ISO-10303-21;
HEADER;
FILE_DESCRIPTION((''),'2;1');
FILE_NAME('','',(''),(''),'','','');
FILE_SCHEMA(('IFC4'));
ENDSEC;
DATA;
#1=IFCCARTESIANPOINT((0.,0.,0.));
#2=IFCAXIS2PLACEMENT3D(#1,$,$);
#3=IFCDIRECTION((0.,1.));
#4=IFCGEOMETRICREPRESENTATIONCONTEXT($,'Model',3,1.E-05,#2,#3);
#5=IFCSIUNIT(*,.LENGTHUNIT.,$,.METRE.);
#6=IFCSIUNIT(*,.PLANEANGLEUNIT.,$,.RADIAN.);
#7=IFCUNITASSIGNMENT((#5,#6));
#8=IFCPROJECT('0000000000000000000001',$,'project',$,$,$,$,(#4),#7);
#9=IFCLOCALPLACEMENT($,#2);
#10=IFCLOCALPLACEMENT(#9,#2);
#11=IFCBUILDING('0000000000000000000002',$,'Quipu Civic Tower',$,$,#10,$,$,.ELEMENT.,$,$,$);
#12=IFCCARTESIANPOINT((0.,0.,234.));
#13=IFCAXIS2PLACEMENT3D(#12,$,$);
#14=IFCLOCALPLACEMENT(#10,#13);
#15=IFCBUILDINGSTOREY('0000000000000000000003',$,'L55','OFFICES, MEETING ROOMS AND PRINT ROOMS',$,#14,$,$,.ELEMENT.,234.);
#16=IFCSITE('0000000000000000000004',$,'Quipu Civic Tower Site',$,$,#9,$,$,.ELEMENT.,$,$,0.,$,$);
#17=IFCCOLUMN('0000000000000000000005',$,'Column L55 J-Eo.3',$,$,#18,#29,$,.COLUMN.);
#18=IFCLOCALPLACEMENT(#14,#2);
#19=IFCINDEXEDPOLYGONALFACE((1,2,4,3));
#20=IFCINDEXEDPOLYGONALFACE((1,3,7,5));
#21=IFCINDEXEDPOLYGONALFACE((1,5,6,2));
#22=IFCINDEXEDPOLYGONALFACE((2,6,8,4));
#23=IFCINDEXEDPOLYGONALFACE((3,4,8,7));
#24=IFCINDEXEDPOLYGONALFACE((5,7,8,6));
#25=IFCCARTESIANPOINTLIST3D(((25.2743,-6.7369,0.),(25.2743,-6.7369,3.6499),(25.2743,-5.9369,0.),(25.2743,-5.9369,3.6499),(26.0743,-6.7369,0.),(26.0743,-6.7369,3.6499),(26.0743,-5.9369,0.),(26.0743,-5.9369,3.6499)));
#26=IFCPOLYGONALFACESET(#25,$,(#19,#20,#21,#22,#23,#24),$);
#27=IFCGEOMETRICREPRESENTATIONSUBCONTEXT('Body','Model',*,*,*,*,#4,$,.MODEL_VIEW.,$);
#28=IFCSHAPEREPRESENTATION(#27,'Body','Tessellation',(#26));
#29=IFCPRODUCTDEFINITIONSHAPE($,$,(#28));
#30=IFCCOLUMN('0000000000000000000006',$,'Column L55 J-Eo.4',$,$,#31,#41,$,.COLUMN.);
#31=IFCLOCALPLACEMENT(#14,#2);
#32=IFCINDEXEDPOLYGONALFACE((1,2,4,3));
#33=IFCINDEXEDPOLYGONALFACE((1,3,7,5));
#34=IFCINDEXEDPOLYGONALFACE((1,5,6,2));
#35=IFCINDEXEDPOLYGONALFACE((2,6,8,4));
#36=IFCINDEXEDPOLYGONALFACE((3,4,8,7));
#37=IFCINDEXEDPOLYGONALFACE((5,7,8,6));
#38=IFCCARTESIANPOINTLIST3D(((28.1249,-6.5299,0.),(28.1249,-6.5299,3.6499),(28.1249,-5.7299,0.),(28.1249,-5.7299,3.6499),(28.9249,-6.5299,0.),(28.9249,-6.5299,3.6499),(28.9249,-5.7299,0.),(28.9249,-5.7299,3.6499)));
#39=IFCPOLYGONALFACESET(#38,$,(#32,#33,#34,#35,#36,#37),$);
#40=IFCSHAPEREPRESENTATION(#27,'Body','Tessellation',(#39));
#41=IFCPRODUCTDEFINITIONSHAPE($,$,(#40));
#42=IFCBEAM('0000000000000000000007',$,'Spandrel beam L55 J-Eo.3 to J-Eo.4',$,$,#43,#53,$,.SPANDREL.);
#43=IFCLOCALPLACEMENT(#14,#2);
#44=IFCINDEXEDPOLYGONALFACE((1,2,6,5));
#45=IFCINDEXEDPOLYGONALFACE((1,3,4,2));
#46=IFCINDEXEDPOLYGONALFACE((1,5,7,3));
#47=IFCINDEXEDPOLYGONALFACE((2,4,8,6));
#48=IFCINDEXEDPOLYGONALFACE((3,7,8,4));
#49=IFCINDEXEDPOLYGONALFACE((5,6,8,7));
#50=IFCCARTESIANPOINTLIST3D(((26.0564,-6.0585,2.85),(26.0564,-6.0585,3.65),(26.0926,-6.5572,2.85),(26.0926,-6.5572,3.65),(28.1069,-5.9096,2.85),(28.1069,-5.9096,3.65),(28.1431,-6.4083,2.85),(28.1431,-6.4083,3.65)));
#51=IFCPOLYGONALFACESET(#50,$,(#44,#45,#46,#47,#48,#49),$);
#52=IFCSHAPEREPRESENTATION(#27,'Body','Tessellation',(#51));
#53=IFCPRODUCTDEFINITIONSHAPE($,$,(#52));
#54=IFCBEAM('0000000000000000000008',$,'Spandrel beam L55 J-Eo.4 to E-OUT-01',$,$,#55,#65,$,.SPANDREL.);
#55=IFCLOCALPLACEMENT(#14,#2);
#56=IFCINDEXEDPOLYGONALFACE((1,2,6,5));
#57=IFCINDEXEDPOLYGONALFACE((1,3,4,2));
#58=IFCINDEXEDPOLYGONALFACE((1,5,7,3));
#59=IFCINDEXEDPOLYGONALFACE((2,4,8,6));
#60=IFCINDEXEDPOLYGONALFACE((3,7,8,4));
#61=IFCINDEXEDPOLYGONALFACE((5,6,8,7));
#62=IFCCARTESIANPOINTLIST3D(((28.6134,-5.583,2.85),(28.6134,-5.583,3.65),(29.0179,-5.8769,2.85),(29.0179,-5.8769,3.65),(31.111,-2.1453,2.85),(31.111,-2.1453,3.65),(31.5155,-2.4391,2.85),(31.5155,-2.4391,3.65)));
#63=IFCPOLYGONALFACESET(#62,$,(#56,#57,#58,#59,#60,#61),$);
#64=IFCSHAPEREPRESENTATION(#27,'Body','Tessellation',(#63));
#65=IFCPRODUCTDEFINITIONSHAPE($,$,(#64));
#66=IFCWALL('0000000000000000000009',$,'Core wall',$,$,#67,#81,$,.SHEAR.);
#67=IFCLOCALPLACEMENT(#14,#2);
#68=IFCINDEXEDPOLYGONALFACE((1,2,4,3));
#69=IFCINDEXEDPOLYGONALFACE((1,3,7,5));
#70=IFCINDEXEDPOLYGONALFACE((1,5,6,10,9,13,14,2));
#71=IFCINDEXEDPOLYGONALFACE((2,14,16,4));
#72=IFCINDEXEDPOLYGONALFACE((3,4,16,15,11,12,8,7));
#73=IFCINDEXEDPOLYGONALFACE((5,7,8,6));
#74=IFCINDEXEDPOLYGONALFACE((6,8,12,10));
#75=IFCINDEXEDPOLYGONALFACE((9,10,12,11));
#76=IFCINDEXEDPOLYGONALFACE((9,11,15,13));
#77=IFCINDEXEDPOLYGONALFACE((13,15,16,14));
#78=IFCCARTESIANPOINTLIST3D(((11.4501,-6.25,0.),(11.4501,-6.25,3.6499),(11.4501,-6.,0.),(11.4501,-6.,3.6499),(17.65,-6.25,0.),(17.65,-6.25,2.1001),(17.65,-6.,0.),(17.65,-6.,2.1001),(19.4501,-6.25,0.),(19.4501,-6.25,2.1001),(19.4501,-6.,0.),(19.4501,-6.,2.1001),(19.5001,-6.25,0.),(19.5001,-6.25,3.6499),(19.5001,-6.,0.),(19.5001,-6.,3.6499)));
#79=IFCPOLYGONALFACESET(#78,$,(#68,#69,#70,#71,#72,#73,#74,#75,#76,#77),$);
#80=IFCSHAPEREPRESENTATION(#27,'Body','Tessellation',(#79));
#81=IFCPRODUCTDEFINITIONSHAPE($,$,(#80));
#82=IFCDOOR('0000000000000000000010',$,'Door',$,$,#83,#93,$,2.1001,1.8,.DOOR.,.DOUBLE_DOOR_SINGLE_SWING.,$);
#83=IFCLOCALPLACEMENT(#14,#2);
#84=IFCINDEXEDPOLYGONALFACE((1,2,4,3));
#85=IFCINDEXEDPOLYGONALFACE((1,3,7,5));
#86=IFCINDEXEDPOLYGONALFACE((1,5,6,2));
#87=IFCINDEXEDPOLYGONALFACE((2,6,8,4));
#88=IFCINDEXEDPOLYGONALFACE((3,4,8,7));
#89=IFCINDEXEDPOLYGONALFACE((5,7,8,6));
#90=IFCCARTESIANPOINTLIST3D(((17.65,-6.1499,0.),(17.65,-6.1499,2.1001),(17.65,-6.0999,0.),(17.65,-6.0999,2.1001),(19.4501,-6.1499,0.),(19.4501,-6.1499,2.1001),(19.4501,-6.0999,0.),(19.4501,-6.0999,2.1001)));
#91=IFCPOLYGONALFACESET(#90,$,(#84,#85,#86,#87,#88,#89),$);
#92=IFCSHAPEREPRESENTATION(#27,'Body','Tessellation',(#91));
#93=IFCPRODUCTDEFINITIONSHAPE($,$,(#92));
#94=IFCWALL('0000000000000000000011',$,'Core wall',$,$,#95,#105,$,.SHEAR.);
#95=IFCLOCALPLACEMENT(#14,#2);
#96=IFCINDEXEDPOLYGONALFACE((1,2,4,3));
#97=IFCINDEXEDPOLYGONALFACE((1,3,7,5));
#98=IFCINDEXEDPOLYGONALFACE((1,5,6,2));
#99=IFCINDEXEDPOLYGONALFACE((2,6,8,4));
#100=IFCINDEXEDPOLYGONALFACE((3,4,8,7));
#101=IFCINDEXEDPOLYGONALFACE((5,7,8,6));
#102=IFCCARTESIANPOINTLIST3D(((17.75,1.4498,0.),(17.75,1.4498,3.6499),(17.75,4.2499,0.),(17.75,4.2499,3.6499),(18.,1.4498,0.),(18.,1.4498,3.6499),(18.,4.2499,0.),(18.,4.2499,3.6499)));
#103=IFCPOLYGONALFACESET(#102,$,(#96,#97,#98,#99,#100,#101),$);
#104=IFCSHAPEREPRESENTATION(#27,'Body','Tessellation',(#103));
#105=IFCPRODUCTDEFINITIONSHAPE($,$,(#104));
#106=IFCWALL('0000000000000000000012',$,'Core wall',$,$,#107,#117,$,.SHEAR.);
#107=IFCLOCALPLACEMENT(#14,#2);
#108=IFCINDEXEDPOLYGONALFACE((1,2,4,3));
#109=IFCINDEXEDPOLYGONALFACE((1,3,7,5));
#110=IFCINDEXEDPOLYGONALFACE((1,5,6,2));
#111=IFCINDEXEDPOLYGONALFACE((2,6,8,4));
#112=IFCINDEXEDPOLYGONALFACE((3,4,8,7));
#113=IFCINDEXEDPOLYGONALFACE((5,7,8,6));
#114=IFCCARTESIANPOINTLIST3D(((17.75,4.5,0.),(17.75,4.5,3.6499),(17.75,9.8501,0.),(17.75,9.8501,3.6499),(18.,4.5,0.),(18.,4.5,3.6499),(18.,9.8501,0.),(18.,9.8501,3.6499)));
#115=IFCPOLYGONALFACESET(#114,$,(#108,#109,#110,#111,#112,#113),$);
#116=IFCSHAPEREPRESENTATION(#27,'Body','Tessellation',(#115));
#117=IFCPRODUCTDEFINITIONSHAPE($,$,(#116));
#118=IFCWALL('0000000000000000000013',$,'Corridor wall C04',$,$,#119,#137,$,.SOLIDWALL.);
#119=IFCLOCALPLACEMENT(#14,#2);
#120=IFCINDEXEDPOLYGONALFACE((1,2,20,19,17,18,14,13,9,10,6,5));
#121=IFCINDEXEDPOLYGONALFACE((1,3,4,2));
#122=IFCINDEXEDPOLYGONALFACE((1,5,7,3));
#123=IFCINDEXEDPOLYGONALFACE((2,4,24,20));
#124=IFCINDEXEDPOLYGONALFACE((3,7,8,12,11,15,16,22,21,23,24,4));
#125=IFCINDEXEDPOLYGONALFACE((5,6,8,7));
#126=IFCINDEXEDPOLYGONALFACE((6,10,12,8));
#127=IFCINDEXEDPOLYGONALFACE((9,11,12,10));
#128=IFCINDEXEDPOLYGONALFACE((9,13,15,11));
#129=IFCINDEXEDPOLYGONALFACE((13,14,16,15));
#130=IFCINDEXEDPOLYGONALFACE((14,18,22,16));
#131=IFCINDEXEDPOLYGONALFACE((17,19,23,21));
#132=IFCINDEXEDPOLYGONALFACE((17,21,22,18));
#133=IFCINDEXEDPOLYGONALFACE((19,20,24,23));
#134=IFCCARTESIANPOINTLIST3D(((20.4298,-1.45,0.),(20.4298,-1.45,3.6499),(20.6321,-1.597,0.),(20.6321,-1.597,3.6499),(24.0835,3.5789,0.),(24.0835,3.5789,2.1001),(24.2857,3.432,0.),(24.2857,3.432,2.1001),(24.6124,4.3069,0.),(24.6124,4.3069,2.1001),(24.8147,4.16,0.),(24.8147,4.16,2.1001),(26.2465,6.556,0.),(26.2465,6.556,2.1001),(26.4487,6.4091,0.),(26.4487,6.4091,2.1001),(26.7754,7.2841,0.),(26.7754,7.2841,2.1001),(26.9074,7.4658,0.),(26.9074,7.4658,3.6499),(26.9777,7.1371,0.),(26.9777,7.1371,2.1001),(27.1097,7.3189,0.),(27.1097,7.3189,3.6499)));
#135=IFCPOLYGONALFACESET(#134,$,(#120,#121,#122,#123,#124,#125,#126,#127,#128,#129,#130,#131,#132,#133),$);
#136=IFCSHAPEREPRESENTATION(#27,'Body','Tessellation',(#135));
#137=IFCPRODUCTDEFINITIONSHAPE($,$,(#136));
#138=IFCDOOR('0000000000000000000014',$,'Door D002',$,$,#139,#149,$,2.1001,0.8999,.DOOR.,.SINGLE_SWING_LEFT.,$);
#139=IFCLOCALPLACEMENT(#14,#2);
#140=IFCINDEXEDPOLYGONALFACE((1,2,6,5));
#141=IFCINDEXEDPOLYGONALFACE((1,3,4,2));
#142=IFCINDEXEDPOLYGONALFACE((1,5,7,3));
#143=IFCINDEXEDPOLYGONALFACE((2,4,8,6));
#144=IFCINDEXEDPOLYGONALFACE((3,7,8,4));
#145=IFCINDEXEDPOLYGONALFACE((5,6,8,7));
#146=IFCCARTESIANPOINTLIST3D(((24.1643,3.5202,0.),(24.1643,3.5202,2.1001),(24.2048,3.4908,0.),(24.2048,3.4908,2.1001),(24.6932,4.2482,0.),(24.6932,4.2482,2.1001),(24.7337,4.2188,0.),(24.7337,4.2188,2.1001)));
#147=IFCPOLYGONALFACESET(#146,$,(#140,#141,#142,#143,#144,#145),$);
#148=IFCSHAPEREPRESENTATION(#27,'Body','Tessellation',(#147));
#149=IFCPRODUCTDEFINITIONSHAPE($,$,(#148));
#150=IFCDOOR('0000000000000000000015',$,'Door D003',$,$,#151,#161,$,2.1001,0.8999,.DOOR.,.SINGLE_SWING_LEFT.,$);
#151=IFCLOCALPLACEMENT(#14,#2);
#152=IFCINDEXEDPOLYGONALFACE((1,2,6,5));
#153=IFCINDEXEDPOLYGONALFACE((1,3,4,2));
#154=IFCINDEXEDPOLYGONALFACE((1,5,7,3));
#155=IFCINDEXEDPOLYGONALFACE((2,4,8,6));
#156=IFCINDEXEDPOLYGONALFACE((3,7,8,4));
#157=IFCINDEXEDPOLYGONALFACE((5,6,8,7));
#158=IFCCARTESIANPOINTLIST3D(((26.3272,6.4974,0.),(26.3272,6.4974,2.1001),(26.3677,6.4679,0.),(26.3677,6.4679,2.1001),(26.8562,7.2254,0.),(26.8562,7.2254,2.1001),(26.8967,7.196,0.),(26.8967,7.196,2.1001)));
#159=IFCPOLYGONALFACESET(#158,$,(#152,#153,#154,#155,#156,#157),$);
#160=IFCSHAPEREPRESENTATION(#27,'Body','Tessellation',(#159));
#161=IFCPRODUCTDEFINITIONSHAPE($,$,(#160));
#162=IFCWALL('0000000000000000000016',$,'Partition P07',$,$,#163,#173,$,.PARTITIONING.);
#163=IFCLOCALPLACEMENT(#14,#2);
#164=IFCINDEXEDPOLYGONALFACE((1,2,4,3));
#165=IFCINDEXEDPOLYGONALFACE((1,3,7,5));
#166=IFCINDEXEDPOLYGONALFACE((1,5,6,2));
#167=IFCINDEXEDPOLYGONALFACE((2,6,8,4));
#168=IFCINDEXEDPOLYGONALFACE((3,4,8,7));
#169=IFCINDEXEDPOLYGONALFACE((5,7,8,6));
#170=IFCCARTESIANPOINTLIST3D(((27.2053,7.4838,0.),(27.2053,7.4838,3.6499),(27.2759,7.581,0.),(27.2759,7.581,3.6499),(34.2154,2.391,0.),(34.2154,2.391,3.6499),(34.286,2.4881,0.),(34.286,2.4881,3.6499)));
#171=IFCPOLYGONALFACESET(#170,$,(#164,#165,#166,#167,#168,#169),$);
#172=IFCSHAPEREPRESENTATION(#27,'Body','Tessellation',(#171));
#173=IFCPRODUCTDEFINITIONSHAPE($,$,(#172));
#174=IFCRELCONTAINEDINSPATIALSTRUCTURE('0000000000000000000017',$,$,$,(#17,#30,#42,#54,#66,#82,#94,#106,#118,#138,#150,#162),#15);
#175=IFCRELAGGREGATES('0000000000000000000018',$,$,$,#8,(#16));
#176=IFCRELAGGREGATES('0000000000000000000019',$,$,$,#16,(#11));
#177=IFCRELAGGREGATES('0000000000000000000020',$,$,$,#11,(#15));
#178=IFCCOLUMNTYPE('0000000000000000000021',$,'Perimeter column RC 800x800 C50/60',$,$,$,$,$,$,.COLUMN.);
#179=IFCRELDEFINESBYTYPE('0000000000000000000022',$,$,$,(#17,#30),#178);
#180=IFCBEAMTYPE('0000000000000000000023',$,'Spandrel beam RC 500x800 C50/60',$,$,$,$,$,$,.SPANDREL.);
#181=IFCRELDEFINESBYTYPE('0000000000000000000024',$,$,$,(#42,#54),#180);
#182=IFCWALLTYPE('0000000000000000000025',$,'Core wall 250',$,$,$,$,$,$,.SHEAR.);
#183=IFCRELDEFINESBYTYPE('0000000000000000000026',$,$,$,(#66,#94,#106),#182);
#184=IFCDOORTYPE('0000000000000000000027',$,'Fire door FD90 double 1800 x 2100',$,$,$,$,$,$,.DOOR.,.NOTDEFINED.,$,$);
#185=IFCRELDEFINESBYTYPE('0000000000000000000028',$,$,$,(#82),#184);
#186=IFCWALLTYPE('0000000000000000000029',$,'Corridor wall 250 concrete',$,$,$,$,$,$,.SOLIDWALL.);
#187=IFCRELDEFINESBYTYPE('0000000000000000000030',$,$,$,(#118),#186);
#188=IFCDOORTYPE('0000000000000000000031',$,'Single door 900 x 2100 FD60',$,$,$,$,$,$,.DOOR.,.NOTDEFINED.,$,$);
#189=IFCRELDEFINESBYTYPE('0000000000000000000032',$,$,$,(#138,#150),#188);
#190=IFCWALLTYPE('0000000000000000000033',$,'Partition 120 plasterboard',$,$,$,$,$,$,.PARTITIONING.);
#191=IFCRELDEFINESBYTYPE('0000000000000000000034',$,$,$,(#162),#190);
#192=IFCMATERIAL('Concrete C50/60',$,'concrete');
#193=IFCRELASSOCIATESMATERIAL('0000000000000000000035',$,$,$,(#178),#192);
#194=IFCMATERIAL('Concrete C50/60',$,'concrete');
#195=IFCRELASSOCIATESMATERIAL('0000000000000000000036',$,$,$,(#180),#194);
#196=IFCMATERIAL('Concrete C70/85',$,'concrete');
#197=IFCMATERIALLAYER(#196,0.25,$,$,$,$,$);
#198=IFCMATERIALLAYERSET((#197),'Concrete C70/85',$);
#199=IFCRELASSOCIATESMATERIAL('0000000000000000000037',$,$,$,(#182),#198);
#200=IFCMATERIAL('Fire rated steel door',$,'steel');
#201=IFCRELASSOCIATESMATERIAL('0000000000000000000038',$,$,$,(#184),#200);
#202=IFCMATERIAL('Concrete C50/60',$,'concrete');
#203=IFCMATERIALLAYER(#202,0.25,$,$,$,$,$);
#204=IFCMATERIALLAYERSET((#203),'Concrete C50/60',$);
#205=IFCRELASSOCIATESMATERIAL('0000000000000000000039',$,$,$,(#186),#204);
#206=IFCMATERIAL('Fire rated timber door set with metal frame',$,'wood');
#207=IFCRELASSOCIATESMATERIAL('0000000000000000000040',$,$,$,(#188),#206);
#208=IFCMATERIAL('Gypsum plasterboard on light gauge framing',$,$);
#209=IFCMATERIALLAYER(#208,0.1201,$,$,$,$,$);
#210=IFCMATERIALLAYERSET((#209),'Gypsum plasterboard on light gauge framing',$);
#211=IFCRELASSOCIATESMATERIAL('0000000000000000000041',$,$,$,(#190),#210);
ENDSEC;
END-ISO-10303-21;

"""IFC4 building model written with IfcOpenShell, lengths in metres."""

from ifc_helpers import new_model, si_unit, direction, frame, frame_2d, origin, origin_2d, place, context, subcontext, project, spatial, rectangle, extrude, material, layer, layer_set, material_profile, profile_set, type_object, element, fill, save


model = new_model("IFC4")

# Units and contexts
model_context = context("Model", 3, precision=1e-05, world=origin(), true_north=direction((0.0, 1.0)))
body_context = subcontext(model_context, "Body", "Model", "MODEL_VIEW")
ifc_project = project(units=[si_unit("LENGTHUNIT", "METRE"), si_unit("PLANEANGLEUNIT", "RADIAN")], contexts=[model_context])

# Site, building, storey
site_placement = place(None, origin())
site = spatial("IfcSite", under=ifc_project, at=site_placement, Name="Quipu Civic Tower Site", CompositionType="ELEMENT", RefElevation=0.0)
building_placement = place(site_placement, origin())
building = spatial("IfcBuilding", under=site, at=building_placement, Name="Quipu Civic Tower", CompositionType="ELEMENT")
storey_placement = place(building_placement, frame((0.0, 0.0, 234.0)))
storey = spatial("IfcBuildingStorey", under=building, at=storey_placement, Name="L55", Description="OFFICES, MEETING ROOMS AND PRINT ROOMS", CompositionType="ELEMENT", Elevation=234.0)

# Columns
ifc_material_1 = material(Name="Concrete C50/60", Category="concrete")
ifc_material_profile_1 = material_profile(ifc_material_1, rectangle(XDim=0.8, YDim=0.8, at=origin_2d()), Name="RC800x800")
ifc_profile_set_1 = profile_set([ifc_material_profile_1], Name="Concrete C50/60")
column_type = type_object("IfcColumnType", Name="Perimeter column RC 800x800 C50/60", PredefinedType="COLUMN", material=ifc_profile_set_1)
for number, where, z_axis, x_axis, name in (
    (1, (25.6743, -6.3369, 0.0), (0.0, 0.0, 1.0), (1.0, 0.0, 0.0), "Column L55 J-Eo.3"),
    (2, (28.5249, -6.1299, 0.0), (0.0, 0.0, 1.0), (1.0, 0.0, 0.0), "Column L55 J-Eo.4"),
):
    element("IfcColumn", number, at=place(storey_placement, frame(where, z_axis=z_axis, x_axis=x_axis)), inside=storey, type_object=column_type, Name=name, PredefinedType="COLUMN", context=body_context, shape_type="SweptSolid", body=[
        extrude(rectangle(XDim=0.8, YDim=0.8, at=origin_2d()), origin(), (0.0, 0.0, 1.0), 3.6499),
    ])

# Beams
ifc_material_2 = material(Name="Concrete C50/60", Category="concrete")
ifc_material_profile_2 = material_profile(ifc_material_2, rectangle(XDim=0.5, YDim=0.8, at=origin_2d()), Name="RC500x800")
ifc_profile_set_2 = profile_set([ifc_material_profile_2], Name="Concrete C50/60")
beam_type = type_object("IfcBeamType", Name="Spandrel beam RC 500x800 C50/60", PredefinedType="SPANDREL", material=ifc_profile_set_2)
beam_1_placement = place(storey_placement, frame((26.0745, -6.3079, 3.25), z_axis=(0.997373, 0.072437, 0.0), x_axis=(-0.072437, 0.997373, 0.0)))
element("IfcBeam", 3, at=beam_1_placement, inside=storey, type_object=beam_type, Name="Spandrel beam L55 J-Eo.3 to J-Eo.4", PredefinedType="SPANDREL", context=body_context, shape_type="SweptSolid", body=[
    extrude(rectangle(XDim=0.5, YDim=0.8, at=origin_2d()), origin(), (0.0, 0.0, 1.0), 2.0559),
])
beam_2_placement = place(storey_placement, frame((28.8157, -5.73, 3.25), z_axis=(0.587769, 0.809029, 0.0), x_axis=(-0.809029, 0.587769, 0.0)))
element("IfcBeam", 4, at=beam_2_placement, inside=storey, type_object=beam_type, Name="Spandrel beam L55 J-Eo.4 to E-OUT-01", PredefinedType="SPANDREL", context=body_context, shape_type="SweptSolid", body=[
    extrude(rectangle(XDim=0.5, YDim=0.8, at=origin_2d()), origin(), (0.0, 0.0, 1.0), 4.2493),
])

# Wall, opening, door
ifc_material_3 = material(Name="Concrete C70/85", Category="concrete")
ifc_layer_1 = layer(ifc_material_3, 0.25)
ifc_layer_set_1 = layer_set([ifc_layer_1], Name="Concrete C70/85")
wall_type_1 = type_object("IfcWallType", Name="Core wall 250", PredefinedType="SHEAR", material=ifc_layer_set_1)
wall_1_placement = place(storey_placement, frame((19.5, -6.125, 0.0), z_axis=(0.0, 0.0, 1.0), x_axis=(-1.0, 0.0, 0.0)))
wall_1 = element("IfcWall", 5, at=wall_1_placement, inside=storey, type_object=wall_type_1, Name="Core wall", PredefinedType="SHEAR", context=body_context, shape_type="SweptSolid", body=[
    extrude(rectangle(XDim=8.05, YDim=0.25, at=frame_2d((4.0249, 0.0))), origin(), (0.0, 0.0, 1.0), 3.6499),
])
opening_1_placement = place(wall_1_placement, frame((0.05, 0.0, 0.0)))
opening_1 = element("IfcOpeningElement", 6, at=opening_1_placement, cuts=wall_1, PredefinedType="OPENING", context=body_context, shape_type="SweptSolid", body=[
    extrude(rectangle(XDim=1.8, YDim=2.1001, at=frame_2d((0.8999, 1.05))), frame((0.0, 0.135, 0.0), z_axis=(0.0, -1.0, 0.0), x_axis=(1.0, 0.0, 0.0)), (0.0, 0.0, 1.0), 0.27),
])
ifc_material_4 = material(Name="Fire rated steel door", Category="steel")
door_type_1 = type_object("IfcDoorType", Name="Fire door FD90 double 1800 x 2100", OperationType="NOTDEFINED", PredefinedType="DOOR", material=ifc_material_4)
door_1_placement = place(opening_1_placement, origin())
door_1 = element("IfcDoor", 7, at=door_1_placement, inside=storey, type_object=door_type_1, Name="Door", OperationType="DOUBLE_DOOR_SINGLE_SWING", OverallHeight=2.1001, OverallWidth=1.8, PredefinedType="DOOR", context=body_context, shape_type="SweptSolid", body=[
    extrude(rectangle(XDim=1.8, YDim=2.1001, at=frame_2d((0.8999, 1.05))), frame((0.0, 0.0249, 0.0), z_axis=(0.0, -1.0, 0.0), x_axis=(1.0, 0.0, 0.0)), (0.0, 0.0, 1.0), 0.05),
])
fill(opening_1, door_1)

# Walls
wall_2_placement = place(storey_placement, frame((17.875, 1.45, 0.0), z_axis=(0.0, 0.0, 1.0), x_axis=(0.0, 1.0, 0.0)))
element("IfcWall", 8, at=wall_2_placement, inside=storey, type_object=wall_type_1, Name="Core wall", PredefinedType="SHEAR", context=body_context, shape_type="SweptSolid", body=[
    extrude(rectangle(XDim=2.8, YDim=0.25, at=frame_2d((1.3999, 0.0))), origin(), (0.0, 0.0, 1.0), 3.6499),
])
wall_3_placement = place(storey_placement, frame((17.875, 4.5, 0.0), z_axis=(0.0, 0.0, 1.0), x_axis=(0.0, 1.0, 0.0)))
element("IfcWall", 9, at=wall_3_placement, inside=storey, type_object=wall_type_1, Name="Core wall", PredefinedType="SHEAR", context=body_context, shape_type="SweptSolid", body=[
    extrude(rectangle(XDim=5.3501, YDim=0.25, at=frame_2d((2.675, 0.0))), origin(), (0.0, 0.0, 1.0), 3.6499),
])

# Wall, openings, doors
ifc_material_5 = material(Name="Concrete C50/60", Category="concrete")
ifc_layer_2 = layer(ifc_material_5, 0.25)
ifc_layer_set_2 = layer_set([ifc_layer_2], Name="Concrete C50/60")
wall_type_2 = type_object("IfcWallType", Name="Corridor wall 250 concrete", PredefinedType="SOLIDWALL", material=ifc_layer_set_2)
wall_4_placement = place(storey_placement, frame((27.0085, 7.3923, 0.0), z_axis=(0.0, 0.0, 1.0), x_axis=(-0.587776, -0.809023, 0.0)))
wall_4 = element("IfcWall", 10, at=wall_4_placement, inside=storey, type_object=wall_type_2, Name="Corridor wall C04", PredefinedType="SOLIDWALL", context=body_context, shape_type="SweptSolid", body=[
    extrude(rectangle(XDim=11.0205, YDim=0.25, at=frame_2d((5.5103, 0.0))), origin(), (0.0, 0.0, 1.0), 3.6499),
])
opening_2_placement = place(wall_4_placement, frame((3.9045, 0.0, 0.0)))
opening_2 = element("IfcOpeningElement", 11, at=opening_2_placement, cuts=wall_4, PredefinedType="OPENING", context=body_context, shape_type="SweptSolid", body=[
    extrude(rectangle(XDim=0.8999, YDim=2.1001, at=frame_2d((0.45, 1.05))), frame((0.0, 0.135, 0.0), z_axis=(0.0, -1.0, 0.0), x_axis=(1.0, 0.0, 0.0)), (0.0, 0.0, 1.0), 0.27),
])
opening_3_placement = place(wall_4_placement, frame((0.2246, 0.0, 0.0)))
opening_3 = element("IfcOpeningElement", 12, at=opening_3_placement, cuts=wall_4, PredefinedType="OPENING", context=body_context, shape_type="SweptSolid", body=[
    extrude(rectangle(XDim=0.8999, YDim=2.1001, at=frame_2d((0.45, 1.05))), frame((0.0, 0.135, 0.0), z_axis=(0.0, -1.0, 0.0), x_axis=(1.0, 0.0, 0.0)), (0.0, 0.0, 1.0), 0.27),
])
ifc_material_6 = material(Name="Fire rated timber door set with metal frame", Category="wood")
door_type_2 = type_object("IfcDoorType", Name="Single door 900 x 2100 FD60", OperationType="NOTDEFINED", PredefinedType="DOOR", material=ifc_material_6)
door_2_placement = place(opening_2_placement, origin())
door_2 = element("IfcDoor", 13, at=door_2_placement, inside=storey, type_object=door_type_2, Name="Door D002", OperationType="SINGLE_SWING_LEFT", OverallHeight=2.1001, OverallWidth=0.8999, PredefinedType="DOOR", context=body_context, shape_type="SweptSolid", body=[
    extrude(rectangle(XDim=0.8999, YDim=2.1001, at=frame_2d((0.45, 1.05))), frame((0.0, 0.0249, 0.0), z_axis=(0.0, -1.0, 0.0), x_axis=(1.0, 0.0, 0.0)), (0.0, 0.0, 1.0), 0.05),
])
fill(opening_2, door_2)
door_3_placement = place(opening_3_placement, origin())
door_3 = element("IfcDoor", 14, at=door_3_placement, inside=storey, type_object=door_type_2, Name="Door D003", OperationType="SINGLE_SWING_LEFT", OverallHeight=2.1001, OverallWidth=0.8999, PredefinedType="DOOR", context=body_context, shape_type="SweptSolid", body=[
    extrude(rectangle(XDim=0.8999, YDim=2.1001, at=frame_2d((0.45, 1.05))), frame((0.0, 0.0249, 0.0), z_axis=(0.0, -1.0, 0.0), x_axis=(1.0, 0.0, 0.0)), (0.0, 0.0, 1.0), 0.05),
])
fill(opening_3, door_3)

# Wall
ifc_material_7 = material(Name="Gypsum plasterboard on light gauge framing")
ifc_layer_3 = layer(ifc_material_7, 0.1201)
ifc_layer_set_3 = layer_set([ifc_layer_3], Name="Gypsum plasterboard on light gauge framing")
wall_type_3 = type_object("IfcWallType", Name="Partition 120 plasterboard", PredefinedType="PARTITIONING", material=ifc_layer_set_3)
wall_5_placement = place(storey_placement, frame((27.2405, 7.5325, 0.0), z_axis=(0.0, 0.0, 1.0), x_axis=(0.809033, -0.587763, 0.0)))
element("IfcWall", 15, at=wall_5_placement, inside=storey, type_object=wall_type_3, Name="Partition P07", PredefinedType="PARTITIONING", context=body_context, shape_type="SweptSolid", body=[
    extrude(rectangle(XDim=8.6648, YDim=0.1201, at=frame_2d((4.3325, 0.0))), origin(), (0.0, 0.0, 1.0), 3.6499),
])

save(model, "model.ifc")
